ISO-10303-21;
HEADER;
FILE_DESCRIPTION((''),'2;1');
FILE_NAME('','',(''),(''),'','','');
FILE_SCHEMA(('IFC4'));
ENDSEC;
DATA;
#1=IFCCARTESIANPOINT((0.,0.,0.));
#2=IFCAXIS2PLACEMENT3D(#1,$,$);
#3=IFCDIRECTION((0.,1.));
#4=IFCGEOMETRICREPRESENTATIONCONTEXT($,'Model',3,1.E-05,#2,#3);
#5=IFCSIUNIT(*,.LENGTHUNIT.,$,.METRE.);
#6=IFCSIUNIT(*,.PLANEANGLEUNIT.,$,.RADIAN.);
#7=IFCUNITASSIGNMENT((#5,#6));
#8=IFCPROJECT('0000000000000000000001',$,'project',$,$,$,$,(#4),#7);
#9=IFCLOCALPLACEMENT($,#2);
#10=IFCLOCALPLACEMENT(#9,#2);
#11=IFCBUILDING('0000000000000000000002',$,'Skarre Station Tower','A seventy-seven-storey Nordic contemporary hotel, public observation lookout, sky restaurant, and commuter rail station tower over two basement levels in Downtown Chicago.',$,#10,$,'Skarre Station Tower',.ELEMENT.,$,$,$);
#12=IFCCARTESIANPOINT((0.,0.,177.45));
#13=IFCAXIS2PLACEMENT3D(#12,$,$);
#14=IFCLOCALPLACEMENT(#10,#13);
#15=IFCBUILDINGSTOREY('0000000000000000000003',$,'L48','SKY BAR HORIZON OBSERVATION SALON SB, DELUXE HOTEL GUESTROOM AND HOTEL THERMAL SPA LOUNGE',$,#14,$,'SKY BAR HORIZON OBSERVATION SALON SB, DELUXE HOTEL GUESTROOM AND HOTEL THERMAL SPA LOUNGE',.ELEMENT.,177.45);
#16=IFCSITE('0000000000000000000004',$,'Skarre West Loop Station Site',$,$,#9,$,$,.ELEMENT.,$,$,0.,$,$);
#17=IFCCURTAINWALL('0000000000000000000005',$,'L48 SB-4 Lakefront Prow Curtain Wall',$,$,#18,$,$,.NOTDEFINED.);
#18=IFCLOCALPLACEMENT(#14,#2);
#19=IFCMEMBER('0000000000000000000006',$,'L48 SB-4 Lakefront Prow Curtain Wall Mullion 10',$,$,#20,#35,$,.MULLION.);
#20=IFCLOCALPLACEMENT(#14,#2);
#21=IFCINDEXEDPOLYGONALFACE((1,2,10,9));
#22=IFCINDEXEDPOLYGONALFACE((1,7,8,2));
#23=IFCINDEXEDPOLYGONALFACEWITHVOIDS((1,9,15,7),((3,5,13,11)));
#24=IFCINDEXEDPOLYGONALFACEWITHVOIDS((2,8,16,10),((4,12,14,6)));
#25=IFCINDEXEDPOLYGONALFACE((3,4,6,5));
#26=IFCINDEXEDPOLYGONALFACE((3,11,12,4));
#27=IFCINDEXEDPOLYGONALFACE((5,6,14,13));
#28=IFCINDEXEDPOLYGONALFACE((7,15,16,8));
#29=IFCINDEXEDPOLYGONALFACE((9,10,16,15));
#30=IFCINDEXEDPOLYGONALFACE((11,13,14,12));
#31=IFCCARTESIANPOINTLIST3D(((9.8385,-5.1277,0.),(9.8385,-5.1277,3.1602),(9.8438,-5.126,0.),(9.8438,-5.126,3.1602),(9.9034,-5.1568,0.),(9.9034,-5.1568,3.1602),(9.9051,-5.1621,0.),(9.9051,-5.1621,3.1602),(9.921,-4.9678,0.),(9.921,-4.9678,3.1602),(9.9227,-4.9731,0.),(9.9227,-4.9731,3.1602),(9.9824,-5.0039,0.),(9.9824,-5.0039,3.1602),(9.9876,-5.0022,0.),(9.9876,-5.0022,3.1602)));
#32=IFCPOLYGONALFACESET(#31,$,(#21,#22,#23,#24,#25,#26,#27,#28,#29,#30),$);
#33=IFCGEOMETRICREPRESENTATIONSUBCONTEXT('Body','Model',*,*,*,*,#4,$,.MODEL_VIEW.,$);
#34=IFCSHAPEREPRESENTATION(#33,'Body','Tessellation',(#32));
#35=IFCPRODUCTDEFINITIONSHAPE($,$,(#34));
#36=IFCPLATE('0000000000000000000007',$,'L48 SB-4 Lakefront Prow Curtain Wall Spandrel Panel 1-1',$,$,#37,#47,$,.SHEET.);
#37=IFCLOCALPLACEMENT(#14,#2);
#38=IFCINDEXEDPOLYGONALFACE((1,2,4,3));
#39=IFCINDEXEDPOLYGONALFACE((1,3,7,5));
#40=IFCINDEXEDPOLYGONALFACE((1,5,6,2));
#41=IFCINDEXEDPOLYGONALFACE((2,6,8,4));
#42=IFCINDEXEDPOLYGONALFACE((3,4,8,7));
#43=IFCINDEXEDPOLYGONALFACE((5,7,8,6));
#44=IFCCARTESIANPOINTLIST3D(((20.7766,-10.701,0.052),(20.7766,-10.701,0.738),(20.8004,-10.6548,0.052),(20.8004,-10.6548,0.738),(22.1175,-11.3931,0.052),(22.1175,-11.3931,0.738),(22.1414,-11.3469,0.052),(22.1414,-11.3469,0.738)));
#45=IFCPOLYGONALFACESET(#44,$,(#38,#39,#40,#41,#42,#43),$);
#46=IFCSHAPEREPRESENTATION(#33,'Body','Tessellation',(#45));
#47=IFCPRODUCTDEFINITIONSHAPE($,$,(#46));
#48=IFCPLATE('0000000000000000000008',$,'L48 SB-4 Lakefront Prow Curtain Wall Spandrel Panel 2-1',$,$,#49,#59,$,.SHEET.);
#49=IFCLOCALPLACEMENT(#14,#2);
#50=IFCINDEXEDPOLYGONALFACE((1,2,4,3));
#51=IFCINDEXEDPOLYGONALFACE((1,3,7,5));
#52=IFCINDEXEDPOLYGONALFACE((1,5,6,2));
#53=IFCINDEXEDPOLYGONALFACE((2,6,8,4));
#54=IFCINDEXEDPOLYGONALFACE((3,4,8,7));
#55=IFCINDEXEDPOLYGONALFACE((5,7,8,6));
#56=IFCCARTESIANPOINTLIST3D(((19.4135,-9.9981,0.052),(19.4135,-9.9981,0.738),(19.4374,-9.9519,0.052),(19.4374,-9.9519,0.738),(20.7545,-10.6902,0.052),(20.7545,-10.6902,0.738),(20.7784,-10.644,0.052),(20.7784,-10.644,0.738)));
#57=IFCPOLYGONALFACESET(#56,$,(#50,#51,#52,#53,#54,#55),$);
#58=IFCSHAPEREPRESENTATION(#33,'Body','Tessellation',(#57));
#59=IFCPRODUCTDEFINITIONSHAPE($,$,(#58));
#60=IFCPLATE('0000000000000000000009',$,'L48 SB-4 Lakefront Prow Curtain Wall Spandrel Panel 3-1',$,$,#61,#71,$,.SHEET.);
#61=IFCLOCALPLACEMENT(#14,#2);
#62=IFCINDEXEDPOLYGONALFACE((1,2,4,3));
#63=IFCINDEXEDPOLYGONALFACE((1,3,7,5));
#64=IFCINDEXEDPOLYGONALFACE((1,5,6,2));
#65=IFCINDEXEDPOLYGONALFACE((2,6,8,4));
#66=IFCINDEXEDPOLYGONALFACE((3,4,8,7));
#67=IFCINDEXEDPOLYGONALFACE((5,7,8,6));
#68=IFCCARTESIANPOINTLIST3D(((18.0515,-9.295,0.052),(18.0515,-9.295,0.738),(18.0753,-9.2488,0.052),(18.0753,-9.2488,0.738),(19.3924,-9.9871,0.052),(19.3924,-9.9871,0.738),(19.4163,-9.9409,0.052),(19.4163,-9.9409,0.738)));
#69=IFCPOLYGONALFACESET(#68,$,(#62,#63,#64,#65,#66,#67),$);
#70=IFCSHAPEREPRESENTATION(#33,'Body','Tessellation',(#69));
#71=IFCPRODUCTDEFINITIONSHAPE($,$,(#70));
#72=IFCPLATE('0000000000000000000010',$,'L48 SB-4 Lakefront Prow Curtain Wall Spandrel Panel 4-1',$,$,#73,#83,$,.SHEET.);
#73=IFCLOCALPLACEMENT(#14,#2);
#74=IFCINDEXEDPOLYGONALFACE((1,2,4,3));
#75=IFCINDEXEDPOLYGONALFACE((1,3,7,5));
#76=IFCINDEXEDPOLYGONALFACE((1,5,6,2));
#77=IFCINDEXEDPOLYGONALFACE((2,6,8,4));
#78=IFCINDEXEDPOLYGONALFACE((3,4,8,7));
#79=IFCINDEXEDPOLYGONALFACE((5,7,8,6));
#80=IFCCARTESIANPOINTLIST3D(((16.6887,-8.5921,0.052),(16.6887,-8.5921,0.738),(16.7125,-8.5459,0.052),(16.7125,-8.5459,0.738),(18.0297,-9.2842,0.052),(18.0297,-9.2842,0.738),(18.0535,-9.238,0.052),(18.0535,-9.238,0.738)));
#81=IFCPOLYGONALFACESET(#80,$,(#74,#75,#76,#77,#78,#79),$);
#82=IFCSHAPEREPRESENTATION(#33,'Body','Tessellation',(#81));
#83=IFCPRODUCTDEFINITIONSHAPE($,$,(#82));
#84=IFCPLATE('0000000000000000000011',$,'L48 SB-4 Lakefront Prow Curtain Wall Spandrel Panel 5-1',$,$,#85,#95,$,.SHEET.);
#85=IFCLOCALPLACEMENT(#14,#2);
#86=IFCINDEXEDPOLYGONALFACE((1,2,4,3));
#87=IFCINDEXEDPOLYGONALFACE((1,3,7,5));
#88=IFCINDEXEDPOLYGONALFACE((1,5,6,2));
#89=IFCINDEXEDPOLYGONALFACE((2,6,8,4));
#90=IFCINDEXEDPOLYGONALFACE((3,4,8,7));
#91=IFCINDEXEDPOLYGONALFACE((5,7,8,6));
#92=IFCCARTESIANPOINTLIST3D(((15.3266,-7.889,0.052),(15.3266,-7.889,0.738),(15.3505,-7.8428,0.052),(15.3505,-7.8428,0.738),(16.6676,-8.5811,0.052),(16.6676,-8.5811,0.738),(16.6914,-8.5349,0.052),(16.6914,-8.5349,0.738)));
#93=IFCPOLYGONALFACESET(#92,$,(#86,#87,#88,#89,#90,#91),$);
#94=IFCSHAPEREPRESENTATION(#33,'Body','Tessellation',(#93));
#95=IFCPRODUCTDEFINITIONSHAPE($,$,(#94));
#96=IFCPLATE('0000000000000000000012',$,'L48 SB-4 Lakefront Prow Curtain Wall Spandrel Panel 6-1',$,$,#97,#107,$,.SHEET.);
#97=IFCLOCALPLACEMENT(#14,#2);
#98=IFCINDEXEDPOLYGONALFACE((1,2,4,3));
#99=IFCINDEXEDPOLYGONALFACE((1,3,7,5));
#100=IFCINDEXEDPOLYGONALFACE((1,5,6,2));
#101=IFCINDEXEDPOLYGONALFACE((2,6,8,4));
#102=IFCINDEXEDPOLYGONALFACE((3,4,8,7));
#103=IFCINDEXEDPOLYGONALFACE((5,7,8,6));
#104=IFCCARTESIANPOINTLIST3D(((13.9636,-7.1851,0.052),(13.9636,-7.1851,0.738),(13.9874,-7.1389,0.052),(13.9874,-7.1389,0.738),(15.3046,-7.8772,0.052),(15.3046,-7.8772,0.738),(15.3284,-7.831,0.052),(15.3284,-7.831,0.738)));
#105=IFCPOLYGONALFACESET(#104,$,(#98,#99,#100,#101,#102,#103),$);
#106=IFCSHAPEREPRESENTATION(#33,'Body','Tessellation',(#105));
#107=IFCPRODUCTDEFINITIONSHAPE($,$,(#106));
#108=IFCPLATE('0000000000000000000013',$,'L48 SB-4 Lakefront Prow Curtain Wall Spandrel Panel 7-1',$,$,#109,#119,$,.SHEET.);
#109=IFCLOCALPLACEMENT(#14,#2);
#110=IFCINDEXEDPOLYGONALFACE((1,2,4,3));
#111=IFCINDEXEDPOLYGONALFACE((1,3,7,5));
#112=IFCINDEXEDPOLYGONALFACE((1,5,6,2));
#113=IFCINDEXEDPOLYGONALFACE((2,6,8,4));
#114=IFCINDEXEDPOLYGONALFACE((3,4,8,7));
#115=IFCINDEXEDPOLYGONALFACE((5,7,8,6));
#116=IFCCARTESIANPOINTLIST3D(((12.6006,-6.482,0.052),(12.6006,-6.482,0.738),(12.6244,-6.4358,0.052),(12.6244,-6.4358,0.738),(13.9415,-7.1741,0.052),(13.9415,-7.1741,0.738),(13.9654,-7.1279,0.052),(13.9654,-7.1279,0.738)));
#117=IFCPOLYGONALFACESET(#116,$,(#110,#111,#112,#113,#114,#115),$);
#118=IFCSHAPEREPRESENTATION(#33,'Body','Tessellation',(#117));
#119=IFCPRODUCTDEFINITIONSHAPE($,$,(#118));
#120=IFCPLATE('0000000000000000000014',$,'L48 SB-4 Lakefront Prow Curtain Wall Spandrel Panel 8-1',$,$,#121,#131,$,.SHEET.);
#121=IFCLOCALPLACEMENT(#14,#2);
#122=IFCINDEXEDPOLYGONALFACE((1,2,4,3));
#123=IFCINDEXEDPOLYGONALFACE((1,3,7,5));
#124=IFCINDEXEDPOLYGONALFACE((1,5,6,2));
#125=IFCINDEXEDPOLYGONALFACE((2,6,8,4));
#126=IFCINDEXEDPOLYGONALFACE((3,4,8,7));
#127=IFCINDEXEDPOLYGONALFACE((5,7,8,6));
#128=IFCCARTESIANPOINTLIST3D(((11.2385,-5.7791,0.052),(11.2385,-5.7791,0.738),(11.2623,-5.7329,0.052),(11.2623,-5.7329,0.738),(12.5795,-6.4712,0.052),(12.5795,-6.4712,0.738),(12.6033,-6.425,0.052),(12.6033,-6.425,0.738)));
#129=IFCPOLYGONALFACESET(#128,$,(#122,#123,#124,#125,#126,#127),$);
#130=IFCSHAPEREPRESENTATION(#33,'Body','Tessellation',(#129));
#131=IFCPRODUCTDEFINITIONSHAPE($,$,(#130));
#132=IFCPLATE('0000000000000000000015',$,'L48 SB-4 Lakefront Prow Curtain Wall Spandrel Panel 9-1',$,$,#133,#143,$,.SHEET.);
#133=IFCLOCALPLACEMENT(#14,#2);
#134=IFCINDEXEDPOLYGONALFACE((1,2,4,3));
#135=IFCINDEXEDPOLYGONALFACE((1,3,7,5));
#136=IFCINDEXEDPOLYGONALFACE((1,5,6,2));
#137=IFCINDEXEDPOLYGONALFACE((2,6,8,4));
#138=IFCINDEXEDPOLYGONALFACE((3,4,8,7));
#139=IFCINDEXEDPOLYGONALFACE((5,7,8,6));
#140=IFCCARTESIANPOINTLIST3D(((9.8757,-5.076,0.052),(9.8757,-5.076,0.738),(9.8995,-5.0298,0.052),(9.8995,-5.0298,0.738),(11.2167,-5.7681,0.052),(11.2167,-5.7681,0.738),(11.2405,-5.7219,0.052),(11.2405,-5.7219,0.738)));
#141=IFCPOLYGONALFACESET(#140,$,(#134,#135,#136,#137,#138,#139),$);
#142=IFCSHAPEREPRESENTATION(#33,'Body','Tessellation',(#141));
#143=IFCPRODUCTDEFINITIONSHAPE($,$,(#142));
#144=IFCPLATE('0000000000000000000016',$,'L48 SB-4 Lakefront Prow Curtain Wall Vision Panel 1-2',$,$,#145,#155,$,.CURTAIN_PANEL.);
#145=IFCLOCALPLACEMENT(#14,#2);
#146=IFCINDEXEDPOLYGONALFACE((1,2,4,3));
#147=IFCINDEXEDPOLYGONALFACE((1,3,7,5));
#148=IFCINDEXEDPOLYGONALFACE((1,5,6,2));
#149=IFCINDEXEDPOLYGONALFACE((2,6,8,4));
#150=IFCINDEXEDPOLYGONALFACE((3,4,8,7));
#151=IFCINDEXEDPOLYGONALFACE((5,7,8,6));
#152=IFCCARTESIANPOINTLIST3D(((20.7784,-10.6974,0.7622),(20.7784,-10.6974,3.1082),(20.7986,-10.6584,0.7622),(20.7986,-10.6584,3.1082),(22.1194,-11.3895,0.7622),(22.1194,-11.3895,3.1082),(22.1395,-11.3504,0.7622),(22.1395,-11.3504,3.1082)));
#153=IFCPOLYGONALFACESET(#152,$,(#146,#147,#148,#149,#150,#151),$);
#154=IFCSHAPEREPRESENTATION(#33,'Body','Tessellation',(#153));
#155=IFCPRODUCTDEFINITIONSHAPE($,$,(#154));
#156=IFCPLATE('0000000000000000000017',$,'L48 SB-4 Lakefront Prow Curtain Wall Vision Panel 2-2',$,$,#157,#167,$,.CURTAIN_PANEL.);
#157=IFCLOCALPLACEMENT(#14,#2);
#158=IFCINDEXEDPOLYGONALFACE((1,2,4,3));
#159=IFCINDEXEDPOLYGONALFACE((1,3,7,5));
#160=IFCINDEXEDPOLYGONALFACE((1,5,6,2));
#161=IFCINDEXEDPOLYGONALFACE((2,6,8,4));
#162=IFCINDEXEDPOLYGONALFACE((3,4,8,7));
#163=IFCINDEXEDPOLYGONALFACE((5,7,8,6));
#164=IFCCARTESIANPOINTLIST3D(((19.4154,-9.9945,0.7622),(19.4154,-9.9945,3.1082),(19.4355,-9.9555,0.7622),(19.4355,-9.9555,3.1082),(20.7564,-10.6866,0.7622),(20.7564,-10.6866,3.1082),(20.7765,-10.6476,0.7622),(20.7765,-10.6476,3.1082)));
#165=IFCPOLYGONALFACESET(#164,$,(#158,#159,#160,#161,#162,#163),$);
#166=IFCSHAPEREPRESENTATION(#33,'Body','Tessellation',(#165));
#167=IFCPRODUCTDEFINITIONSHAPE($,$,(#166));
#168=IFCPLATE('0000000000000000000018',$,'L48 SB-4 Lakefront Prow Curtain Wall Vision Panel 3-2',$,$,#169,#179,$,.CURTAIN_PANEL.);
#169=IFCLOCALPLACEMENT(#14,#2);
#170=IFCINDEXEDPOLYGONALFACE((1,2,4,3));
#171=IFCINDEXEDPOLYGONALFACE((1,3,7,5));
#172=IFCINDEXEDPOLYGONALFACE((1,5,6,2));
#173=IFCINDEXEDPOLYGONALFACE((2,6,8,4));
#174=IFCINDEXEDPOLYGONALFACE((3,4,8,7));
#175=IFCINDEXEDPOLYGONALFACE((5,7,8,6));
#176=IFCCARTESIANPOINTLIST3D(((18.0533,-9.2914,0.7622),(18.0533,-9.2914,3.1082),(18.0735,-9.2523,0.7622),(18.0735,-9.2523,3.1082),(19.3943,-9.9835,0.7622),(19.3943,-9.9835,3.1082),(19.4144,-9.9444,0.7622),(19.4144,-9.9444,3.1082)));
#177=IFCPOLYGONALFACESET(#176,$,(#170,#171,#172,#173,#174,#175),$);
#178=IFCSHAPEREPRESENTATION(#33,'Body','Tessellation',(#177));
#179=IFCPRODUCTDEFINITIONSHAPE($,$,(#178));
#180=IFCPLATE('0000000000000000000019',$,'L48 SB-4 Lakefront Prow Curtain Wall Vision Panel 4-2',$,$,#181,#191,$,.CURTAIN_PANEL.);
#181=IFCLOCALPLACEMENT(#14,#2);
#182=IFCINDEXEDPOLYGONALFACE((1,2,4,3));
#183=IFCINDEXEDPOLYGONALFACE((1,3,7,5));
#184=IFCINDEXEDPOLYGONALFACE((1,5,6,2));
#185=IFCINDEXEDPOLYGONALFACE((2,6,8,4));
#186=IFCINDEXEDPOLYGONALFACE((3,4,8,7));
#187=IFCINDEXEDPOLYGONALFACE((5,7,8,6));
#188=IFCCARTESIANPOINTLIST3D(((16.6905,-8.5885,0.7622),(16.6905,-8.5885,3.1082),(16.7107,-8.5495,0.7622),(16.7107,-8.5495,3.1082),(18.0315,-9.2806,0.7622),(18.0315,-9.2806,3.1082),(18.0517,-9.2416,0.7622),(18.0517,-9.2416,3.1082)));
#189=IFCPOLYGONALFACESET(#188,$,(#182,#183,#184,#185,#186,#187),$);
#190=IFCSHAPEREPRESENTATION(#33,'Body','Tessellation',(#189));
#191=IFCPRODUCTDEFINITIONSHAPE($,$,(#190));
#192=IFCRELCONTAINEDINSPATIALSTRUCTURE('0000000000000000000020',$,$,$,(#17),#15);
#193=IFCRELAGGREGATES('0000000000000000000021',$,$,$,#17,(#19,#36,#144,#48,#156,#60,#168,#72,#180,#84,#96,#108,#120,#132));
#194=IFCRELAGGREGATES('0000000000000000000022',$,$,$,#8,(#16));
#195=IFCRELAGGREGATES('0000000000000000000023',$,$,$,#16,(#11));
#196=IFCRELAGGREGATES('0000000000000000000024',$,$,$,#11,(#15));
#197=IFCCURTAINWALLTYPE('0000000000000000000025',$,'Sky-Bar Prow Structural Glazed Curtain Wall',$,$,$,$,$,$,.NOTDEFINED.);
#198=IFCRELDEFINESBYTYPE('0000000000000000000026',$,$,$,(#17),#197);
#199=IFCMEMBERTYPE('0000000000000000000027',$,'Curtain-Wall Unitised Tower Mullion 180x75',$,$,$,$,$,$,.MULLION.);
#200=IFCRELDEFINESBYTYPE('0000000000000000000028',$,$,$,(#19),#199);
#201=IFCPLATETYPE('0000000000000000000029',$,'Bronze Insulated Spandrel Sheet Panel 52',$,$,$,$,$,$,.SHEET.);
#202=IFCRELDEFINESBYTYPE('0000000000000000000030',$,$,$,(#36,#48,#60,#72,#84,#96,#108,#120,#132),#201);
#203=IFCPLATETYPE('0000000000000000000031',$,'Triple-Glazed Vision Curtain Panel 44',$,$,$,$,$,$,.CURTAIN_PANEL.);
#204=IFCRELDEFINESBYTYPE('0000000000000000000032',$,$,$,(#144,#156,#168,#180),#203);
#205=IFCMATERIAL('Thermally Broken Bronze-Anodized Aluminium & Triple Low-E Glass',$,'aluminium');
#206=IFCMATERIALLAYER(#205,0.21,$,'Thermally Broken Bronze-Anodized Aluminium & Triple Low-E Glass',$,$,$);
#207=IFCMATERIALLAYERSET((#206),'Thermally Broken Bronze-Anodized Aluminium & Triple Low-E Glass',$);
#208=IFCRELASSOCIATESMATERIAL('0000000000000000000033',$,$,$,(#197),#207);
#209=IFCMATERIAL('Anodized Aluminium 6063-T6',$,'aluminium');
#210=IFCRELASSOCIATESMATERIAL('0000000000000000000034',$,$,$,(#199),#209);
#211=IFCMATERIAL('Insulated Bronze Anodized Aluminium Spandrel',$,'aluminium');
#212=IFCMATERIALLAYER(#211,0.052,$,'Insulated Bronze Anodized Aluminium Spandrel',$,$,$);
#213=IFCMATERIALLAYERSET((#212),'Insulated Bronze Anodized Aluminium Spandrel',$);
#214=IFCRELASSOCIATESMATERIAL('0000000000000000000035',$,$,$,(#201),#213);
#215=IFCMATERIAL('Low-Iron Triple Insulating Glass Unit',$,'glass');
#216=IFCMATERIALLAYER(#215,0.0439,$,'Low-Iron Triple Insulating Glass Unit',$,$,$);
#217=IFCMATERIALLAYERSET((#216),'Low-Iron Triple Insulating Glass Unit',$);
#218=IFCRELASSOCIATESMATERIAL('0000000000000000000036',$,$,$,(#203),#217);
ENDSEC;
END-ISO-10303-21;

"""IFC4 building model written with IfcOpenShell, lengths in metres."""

from ifc_helpers import new_model, si_unit, direction, frame, origin, origin_2d, place, context, subcontext, project, spatial, rectangle, hollow_rectangle, extrude, material, layer, layer_set, material_profile, profile_set, type_object, element, aggregate, save


model = new_model("IFC4")

# Units and contexts
model_context = context("Model", 3, precision=1e-05, world=origin(), true_north=direction((0.0, 1.0)))
body_context = subcontext(model_context, "Body", "Model", "MODEL_VIEW")
ifc_project = project(units=[si_unit("LENGTHUNIT", "METRE"), si_unit("PLANEANGLEUNIT", "RADIAN")], contexts=[model_context])

# Site, building, storey
site_placement = place(None, origin())
site = spatial("IfcSite", under=ifc_project, at=site_placement, Name="Skarre West Loop Station Site", CompositionType="ELEMENT", RefElevation=0.0)
building_placement = place(site_placement, origin())
building = spatial("IfcBuilding", under=site, at=building_placement, Name="Skarre Station Tower", Description="A seventy-seven-storey Nordic contemporary hotel, public observation lookout, sky restaurant, and commuter rail station tower over two basement levels in Downtown Chicago.", LongName="Skarre Station Tower", CompositionType="ELEMENT")
storey_placement = place(building_placement, frame((0.0, 0.0, 177.45)))
storey = spatial("IfcBuildingStorey", under=building, at=storey_placement, Name="L48", Description="SKY BAR HORIZON OBSERVATION SALON SB, DELUXE HOTEL GUESTROOM AND HOTEL THERMAL SPA LOUNGE", LongName="SKY BAR HORIZON OBSERVATION SALON SB, DELUXE HOTEL GUESTROOM AND HOTEL THERMAL SPA LOUNGE", CompositionType="ELEMENT", Elevation=177.45)

# Curtain wall, member, plates
ifc_material_1 = material(Name="Thermally Broken Bronze-Anodized Aluminium & Triple Low-E Glass", Category="aluminium")
ifc_layer_1 = layer(ifc_material_1, 0.21, Name="Thermally Broken Bronze-Anodized Aluminium & Triple Low-E Glass")
ifc_layer_set_1 = layer_set([ifc_layer_1], Name="Thermally Broken Bronze-Anodized Aluminium & Triple Low-E Glass")
curtain_wall_type = type_object("IfcCurtainWallType", Name="Sky-Bar Prow Structural Glazed Curtain Wall", PredefinedType="NOTDEFINED", material=ifc_layer_set_1)
curtain_wall_placement = place(storey_placement, origin())
curtain_wall = element("IfcCurtainWall", 1, at=curtain_wall_placement, inside=storey, type_object=curtain_wall_type, Name="L48 SB-4 Lakefront Prow Curtain Wall", PredefinedType="NOTDEFINED")
ifc_material_2 = material(Name="Anodized Aluminium 6063-T6", Category="aluminium")
ifc_material_profile_1 = material_profile(ifc_material_2, hollow_rectangle(XDim=0.075, YDim=0.1799, WallThickness=0.0039, at=origin_2d()), Name="Anodized Aluminium 6063-T6")
ifc_profile_set_1 = profile_set([ifc_material_profile_1], Name="Anodized Aluminium 6063-T6")
member_type = type_object("IfcMemberType", Name="Curtain-Wall Unitised Tower Mullion 180x75", PredefinedType="MULLION", material=ifc_profile_set_1)
member_1_placement = place(storey_placement, frame((9.9131, -5.0649, 0.0), z_axis=(0.0, 0.0, 1.0), x_axis=(-0.888625, 0.458634, 0.0)))
member_1 = element("IfcMember", 2, at=member_1_placement, type_object=member_type, Name="L48 SB-4 Lakefront Prow Curtain Wall Mullion 10", PredefinedType="MULLION", context=body_context, shape_type="SweptSolid", body=[
    extrude(hollow_rectangle(XDim=0.075, YDim=0.1799, WallThickness=0.0039, at=origin_2d()), origin(), (0.0, 0.0, 1.0), 3.1602),
])
ifc_material_3 = material(Name="Insulated Bronze Anodized Aluminium Spandrel", Category="aluminium")
ifc_layer_2 = layer(ifc_material_3, 0.052, Name="Insulated Bronze Anodized Aluminium Spandrel")
ifc_layer_set_2 = layer_set([ifc_layer_2], Name="Insulated Bronze Anodized Aluminium Spandrel")
plate_type_1 = type_object("IfcPlateType", Name="Bronze Insulated Spandrel Sheet Panel 52", PredefinedType="SHEET", material=ifc_layer_set_2)
plate_1_placement = place(storey_placement, frame((21.459, -11.0239, 0.052), z_axis=(0.0, 0.0, 1.0), x_axis=(-0.888625, 0.458634, 0.0)))
plate_1 = element("IfcPlate", 3, at=plate_1_placement, type_object=plate_type_1, Name="L48 SB-4 Lakefront Prow Curtain Wall Spandrel Panel 1-1", PredefinedType="SHEET", context=body_context, shape_type="SweptSolid", body=[
    extrude(rectangle(XDim=1.509, YDim=0.052, at=origin_2d()), origin(), (0.0, 0.0, 1.0), 0.686),
])
plate_2_placement = place(storey_placement, frame((20.0959, -10.321, 0.052), z_axis=(0.0, 0.0, 1.0), x_axis=(-0.888625, 0.458634, 0.0)))
plate_2 = element("IfcPlate", 4, at=plate_2_placement, type_object=plate_type_1, Name="L48 SB-4 Lakefront Prow Curtain Wall Spandrel Panel 2-1", PredefinedType="SHEET", context=body_context, shape_type="SweptSolid", body=[
    extrude(rectangle(XDim=1.509, YDim=0.052, at=origin_2d()), origin(), (0.0, 0.0, 1.0), 0.686),
])
plate_3_placement = place(storey_placement, frame((18.7339, -9.6179, 0.052), z_axis=(0.0, 0.0, 1.0), x_axis=(-0.888625, 0.458634, 0.0)))
plate_3 = element("IfcPlate", 5, at=plate_3_placement, type_object=plate_type_1, Name="L48 SB-4 Lakefront Prow Curtain Wall Spandrel Panel 3-1", PredefinedType="SHEET", context=body_context, shape_type="SweptSolid", body=[
    extrude(rectangle(XDim=1.509, YDim=0.052, at=origin_2d()), origin(), (0.0, 0.0, 1.0), 0.686),
])
plate_4_placement = place(storey_placement, frame((17.3711, -8.915, 0.052), z_axis=(0.0, 0.0, 1.0), x_axis=(-0.888625, 0.458634, 0.0)))
plate_4 = element("IfcPlate", 6, at=plate_4_placement, type_object=plate_type_1, Name="L48 SB-4 Lakefront Prow Curtain Wall Spandrel Panel 4-1", PredefinedType="SHEET", context=body_context, shape_type="SweptSolid", body=[
    extrude(rectangle(XDim=1.509, YDim=0.052, at=origin_2d()), origin(), (0.0, 0.0, 1.0), 0.686),
])
plate_5_placement = place(storey_placement, frame((16.009, -8.2119, 0.052), z_axis=(0.0, 0.0, 1.0), x_axis=(-0.888625, 0.458634, 0.0)))
plate_5 = element("IfcPlate", 7, at=plate_5_placement, type_object=plate_type_1, Name="L48 SB-4 Lakefront Prow Curtain Wall Spandrel Panel 5-1", PredefinedType="SHEET", context=body_context, shape_type="SweptSolid", body=[
    extrude(rectangle(XDim=1.509, YDim=0.052, at=origin_2d()), origin(), (0.0, 0.0, 1.0), 0.686),
])
plate_6_placement = place(storey_placement, frame((14.646, -7.5081, 0.052), z_axis=(0.0, 0.0, 1.0), x_axis=(-0.888625, 0.458634, 0.0)))
plate_6 = element("IfcPlate", 8, at=plate_6_placement, type_object=plate_type_1, Name="L48 SB-4 Lakefront Prow Curtain Wall Spandrel Panel 6-1", PredefinedType="SHEET", context=body_context, shape_type="SweptSolid", body=[
    extrude(rectangle(XDim=1.509, YDim=0.052, at=origin_2d()), origin(), (0.0, 0.0, 1.0), 0.686),
])
plate_7_placement = place(storey_placement, frame((13.283, -6.8049, 0.052), z_axis=(0.0, 0.0, 1.0), x_axis=(-0.888625, 0.458634, 0.0)))
plate_7 = element("IfcPlate", 9, at=plate_7_placement, type_object=plate_type_1, Name="L48 SB-4 Lakefront Prow Curtain Wall Spandrel Panel 7-1", PredefinedType="SHEET", context=body_context, shape_type="SweptSolid", body=[
    extrude(rectangle(XDim=1.509, YDim=0.052, at=origin_2d()), origin(), (0.0, 0.0, 1.0), 0.686),
])
plate_8_placement = place(storey_placement, frame((11.9209, -6.1021, 0.052), z_axis=(0.0, 0.0, 1.0), x_axis=(-0.888625, 0.458634, 0.0)))
plate_8 = element("IfcPlate", 10, at=plate_8_placement, type_object=plate_type_1, Name="L48 SB-4 Lakefront Prow Curtain Wall Spandrel Panel 8-1", PredefinedType="SHEET", context=body_context, shape_type="SweptSolid", body=[
    extrude(rectangle(XDim=1.509, YDim=0.052, at=origin_2d()), origin(), (0.0, 0.0, 1.0), 0.686),
])
plate_9_placement = place(storey_placement, frame((10.5581, -5.3989, 0.052), z_axis=(0.0, 0.0, 1.0), x_axis=(-0.888625, 0.458634, 0.0)))
plate_9 = element("IfcPlate", 11, at=plate_9_placement, type_object=plate_type_1, Name="L48 SB-4 Lakefront Prow Curtain Wall Spandrel Panel 9-1", PredefinedType="SHEET", context=body_context, shape_type="SweptSolid", body=[
    extrude(rectangle(XDim=1.509, YDim=0.052, at=origin_2d()), origin(), (0.0, 0.0, 1.0), 0.686),
])
ifc_material_4 = material(Name="Low-Iron Triple Insulating Glass Unit", Category="glass")
ifc_layer_3 = layer(ifc_material_4, 0.0439, Name="Low-Iron Triple Insulating Glass Unit")
ifc_layer_set_3 = layer_set([ifc_layer_3], Name="Low-Iron Triple Insulating Glass Unit")
plate_type_2 = type_object("IfcPlateType", Name="Triple-Glazed Vision Curtain Panel 44", PredefinedType="CURTAIN_PANEL", material=ifc_layer_set_3)
plate_10_placement = place(storey_placement, frame((21.459, -11.0239, 0.7622), z_axis=(0.0, 0.0, 1.0), x_axis=(-0.888625, 0.458634, 0.0)))
plate_10 = element("IfcPlate", 12, at=plate_10_placement, type_object=plate_type_2, Name="L48 SB-4 Lakefront Prow Curtain Wall Vision Panel 1-2", PredefinedType="CURTAIN_PANEL", context=body_context, shape_type="SweptSolid", body=[
    extrude(rectangle(XDim=1.509, YDim=0.0439, at=origin_2d()), origin(), (0.0, 0.0, 1.0), 2.3459),
])
plate_11_placement = place(storey_placement, frame((20.0959, -10.321, 0.7622), z_axis=(0.0, 0.0, 1.0), x_axis=(-0.888625, 0.458634, 0.0)))
plate_11 = element("IfcPlate", 13, at=plate_11_placement, type_object=plate_type_2, Name="L48 SB-4 Lakefront Prow Curtain Wall Vision Panel 2-2", PredefinedType="CURTAIN_PANEL", context=body_context, shape_type="SweptSolid", body=[
    extrude(rectangle(XDim=1.509, YDim=0.0439, at=origin_2d()), origin(), (0.0, 0.0, 1.0), 2.3459),
])
plate_12_placement = place(storey_placement, frame((18.7339, -9.6179, 0.7622), z_axis=(0.0, 0.0, 1.0), x_axis=(-0.888625, 0.458634, 0.0)))
plate_12 = element("IfcPlate", 14, at=plate_12_placement, type_object=plate_type_2, Name="L48 SB-4 Lakefront Prow Curtain Wall Vision Panel 3-2", PredefinedType="CURTAIN_PANEL", context=body_context, shape_type="SweptSolid", body=[
    extrude(rectangle(XDim=1.509, YDim=0.0439, at=origin_2d()), origin(), (0.0, 0.0, 1.0), 2.3459),
])
plate_13_placement = place(storey_placement, frame((17.3711, -8.915, 0.7622), z_axis=(0.0, 0.0, 1.0), x_axis=(-0.888625, 0.458634, 0.0)))
plate_13 = element("IfcPlate", 15, at=plate_13_placement, type_object=plate_type_2, Name="L48 SB-4 Lakefront Prow Curtain Wall Vision Panel 4-2", PredefinedType="CURTAIN_PANEL", context=body_context, shape_type="SweptSolid", body=[
    extrude(rectangle(XDim=1.509, YDim=0.0439, at=origin_2d()), origin(), (0.0, 0.0, 1.0), 2.3459),
])
aggregate(curtain_wall, [member_1, plate_1, plate_10, plate_2, plate_11, plate_3, plate_12, plate_4, plate_13, plate_5, plate_6, plate_7, plate_8, plate_9])

save(model, "model.ifc")
